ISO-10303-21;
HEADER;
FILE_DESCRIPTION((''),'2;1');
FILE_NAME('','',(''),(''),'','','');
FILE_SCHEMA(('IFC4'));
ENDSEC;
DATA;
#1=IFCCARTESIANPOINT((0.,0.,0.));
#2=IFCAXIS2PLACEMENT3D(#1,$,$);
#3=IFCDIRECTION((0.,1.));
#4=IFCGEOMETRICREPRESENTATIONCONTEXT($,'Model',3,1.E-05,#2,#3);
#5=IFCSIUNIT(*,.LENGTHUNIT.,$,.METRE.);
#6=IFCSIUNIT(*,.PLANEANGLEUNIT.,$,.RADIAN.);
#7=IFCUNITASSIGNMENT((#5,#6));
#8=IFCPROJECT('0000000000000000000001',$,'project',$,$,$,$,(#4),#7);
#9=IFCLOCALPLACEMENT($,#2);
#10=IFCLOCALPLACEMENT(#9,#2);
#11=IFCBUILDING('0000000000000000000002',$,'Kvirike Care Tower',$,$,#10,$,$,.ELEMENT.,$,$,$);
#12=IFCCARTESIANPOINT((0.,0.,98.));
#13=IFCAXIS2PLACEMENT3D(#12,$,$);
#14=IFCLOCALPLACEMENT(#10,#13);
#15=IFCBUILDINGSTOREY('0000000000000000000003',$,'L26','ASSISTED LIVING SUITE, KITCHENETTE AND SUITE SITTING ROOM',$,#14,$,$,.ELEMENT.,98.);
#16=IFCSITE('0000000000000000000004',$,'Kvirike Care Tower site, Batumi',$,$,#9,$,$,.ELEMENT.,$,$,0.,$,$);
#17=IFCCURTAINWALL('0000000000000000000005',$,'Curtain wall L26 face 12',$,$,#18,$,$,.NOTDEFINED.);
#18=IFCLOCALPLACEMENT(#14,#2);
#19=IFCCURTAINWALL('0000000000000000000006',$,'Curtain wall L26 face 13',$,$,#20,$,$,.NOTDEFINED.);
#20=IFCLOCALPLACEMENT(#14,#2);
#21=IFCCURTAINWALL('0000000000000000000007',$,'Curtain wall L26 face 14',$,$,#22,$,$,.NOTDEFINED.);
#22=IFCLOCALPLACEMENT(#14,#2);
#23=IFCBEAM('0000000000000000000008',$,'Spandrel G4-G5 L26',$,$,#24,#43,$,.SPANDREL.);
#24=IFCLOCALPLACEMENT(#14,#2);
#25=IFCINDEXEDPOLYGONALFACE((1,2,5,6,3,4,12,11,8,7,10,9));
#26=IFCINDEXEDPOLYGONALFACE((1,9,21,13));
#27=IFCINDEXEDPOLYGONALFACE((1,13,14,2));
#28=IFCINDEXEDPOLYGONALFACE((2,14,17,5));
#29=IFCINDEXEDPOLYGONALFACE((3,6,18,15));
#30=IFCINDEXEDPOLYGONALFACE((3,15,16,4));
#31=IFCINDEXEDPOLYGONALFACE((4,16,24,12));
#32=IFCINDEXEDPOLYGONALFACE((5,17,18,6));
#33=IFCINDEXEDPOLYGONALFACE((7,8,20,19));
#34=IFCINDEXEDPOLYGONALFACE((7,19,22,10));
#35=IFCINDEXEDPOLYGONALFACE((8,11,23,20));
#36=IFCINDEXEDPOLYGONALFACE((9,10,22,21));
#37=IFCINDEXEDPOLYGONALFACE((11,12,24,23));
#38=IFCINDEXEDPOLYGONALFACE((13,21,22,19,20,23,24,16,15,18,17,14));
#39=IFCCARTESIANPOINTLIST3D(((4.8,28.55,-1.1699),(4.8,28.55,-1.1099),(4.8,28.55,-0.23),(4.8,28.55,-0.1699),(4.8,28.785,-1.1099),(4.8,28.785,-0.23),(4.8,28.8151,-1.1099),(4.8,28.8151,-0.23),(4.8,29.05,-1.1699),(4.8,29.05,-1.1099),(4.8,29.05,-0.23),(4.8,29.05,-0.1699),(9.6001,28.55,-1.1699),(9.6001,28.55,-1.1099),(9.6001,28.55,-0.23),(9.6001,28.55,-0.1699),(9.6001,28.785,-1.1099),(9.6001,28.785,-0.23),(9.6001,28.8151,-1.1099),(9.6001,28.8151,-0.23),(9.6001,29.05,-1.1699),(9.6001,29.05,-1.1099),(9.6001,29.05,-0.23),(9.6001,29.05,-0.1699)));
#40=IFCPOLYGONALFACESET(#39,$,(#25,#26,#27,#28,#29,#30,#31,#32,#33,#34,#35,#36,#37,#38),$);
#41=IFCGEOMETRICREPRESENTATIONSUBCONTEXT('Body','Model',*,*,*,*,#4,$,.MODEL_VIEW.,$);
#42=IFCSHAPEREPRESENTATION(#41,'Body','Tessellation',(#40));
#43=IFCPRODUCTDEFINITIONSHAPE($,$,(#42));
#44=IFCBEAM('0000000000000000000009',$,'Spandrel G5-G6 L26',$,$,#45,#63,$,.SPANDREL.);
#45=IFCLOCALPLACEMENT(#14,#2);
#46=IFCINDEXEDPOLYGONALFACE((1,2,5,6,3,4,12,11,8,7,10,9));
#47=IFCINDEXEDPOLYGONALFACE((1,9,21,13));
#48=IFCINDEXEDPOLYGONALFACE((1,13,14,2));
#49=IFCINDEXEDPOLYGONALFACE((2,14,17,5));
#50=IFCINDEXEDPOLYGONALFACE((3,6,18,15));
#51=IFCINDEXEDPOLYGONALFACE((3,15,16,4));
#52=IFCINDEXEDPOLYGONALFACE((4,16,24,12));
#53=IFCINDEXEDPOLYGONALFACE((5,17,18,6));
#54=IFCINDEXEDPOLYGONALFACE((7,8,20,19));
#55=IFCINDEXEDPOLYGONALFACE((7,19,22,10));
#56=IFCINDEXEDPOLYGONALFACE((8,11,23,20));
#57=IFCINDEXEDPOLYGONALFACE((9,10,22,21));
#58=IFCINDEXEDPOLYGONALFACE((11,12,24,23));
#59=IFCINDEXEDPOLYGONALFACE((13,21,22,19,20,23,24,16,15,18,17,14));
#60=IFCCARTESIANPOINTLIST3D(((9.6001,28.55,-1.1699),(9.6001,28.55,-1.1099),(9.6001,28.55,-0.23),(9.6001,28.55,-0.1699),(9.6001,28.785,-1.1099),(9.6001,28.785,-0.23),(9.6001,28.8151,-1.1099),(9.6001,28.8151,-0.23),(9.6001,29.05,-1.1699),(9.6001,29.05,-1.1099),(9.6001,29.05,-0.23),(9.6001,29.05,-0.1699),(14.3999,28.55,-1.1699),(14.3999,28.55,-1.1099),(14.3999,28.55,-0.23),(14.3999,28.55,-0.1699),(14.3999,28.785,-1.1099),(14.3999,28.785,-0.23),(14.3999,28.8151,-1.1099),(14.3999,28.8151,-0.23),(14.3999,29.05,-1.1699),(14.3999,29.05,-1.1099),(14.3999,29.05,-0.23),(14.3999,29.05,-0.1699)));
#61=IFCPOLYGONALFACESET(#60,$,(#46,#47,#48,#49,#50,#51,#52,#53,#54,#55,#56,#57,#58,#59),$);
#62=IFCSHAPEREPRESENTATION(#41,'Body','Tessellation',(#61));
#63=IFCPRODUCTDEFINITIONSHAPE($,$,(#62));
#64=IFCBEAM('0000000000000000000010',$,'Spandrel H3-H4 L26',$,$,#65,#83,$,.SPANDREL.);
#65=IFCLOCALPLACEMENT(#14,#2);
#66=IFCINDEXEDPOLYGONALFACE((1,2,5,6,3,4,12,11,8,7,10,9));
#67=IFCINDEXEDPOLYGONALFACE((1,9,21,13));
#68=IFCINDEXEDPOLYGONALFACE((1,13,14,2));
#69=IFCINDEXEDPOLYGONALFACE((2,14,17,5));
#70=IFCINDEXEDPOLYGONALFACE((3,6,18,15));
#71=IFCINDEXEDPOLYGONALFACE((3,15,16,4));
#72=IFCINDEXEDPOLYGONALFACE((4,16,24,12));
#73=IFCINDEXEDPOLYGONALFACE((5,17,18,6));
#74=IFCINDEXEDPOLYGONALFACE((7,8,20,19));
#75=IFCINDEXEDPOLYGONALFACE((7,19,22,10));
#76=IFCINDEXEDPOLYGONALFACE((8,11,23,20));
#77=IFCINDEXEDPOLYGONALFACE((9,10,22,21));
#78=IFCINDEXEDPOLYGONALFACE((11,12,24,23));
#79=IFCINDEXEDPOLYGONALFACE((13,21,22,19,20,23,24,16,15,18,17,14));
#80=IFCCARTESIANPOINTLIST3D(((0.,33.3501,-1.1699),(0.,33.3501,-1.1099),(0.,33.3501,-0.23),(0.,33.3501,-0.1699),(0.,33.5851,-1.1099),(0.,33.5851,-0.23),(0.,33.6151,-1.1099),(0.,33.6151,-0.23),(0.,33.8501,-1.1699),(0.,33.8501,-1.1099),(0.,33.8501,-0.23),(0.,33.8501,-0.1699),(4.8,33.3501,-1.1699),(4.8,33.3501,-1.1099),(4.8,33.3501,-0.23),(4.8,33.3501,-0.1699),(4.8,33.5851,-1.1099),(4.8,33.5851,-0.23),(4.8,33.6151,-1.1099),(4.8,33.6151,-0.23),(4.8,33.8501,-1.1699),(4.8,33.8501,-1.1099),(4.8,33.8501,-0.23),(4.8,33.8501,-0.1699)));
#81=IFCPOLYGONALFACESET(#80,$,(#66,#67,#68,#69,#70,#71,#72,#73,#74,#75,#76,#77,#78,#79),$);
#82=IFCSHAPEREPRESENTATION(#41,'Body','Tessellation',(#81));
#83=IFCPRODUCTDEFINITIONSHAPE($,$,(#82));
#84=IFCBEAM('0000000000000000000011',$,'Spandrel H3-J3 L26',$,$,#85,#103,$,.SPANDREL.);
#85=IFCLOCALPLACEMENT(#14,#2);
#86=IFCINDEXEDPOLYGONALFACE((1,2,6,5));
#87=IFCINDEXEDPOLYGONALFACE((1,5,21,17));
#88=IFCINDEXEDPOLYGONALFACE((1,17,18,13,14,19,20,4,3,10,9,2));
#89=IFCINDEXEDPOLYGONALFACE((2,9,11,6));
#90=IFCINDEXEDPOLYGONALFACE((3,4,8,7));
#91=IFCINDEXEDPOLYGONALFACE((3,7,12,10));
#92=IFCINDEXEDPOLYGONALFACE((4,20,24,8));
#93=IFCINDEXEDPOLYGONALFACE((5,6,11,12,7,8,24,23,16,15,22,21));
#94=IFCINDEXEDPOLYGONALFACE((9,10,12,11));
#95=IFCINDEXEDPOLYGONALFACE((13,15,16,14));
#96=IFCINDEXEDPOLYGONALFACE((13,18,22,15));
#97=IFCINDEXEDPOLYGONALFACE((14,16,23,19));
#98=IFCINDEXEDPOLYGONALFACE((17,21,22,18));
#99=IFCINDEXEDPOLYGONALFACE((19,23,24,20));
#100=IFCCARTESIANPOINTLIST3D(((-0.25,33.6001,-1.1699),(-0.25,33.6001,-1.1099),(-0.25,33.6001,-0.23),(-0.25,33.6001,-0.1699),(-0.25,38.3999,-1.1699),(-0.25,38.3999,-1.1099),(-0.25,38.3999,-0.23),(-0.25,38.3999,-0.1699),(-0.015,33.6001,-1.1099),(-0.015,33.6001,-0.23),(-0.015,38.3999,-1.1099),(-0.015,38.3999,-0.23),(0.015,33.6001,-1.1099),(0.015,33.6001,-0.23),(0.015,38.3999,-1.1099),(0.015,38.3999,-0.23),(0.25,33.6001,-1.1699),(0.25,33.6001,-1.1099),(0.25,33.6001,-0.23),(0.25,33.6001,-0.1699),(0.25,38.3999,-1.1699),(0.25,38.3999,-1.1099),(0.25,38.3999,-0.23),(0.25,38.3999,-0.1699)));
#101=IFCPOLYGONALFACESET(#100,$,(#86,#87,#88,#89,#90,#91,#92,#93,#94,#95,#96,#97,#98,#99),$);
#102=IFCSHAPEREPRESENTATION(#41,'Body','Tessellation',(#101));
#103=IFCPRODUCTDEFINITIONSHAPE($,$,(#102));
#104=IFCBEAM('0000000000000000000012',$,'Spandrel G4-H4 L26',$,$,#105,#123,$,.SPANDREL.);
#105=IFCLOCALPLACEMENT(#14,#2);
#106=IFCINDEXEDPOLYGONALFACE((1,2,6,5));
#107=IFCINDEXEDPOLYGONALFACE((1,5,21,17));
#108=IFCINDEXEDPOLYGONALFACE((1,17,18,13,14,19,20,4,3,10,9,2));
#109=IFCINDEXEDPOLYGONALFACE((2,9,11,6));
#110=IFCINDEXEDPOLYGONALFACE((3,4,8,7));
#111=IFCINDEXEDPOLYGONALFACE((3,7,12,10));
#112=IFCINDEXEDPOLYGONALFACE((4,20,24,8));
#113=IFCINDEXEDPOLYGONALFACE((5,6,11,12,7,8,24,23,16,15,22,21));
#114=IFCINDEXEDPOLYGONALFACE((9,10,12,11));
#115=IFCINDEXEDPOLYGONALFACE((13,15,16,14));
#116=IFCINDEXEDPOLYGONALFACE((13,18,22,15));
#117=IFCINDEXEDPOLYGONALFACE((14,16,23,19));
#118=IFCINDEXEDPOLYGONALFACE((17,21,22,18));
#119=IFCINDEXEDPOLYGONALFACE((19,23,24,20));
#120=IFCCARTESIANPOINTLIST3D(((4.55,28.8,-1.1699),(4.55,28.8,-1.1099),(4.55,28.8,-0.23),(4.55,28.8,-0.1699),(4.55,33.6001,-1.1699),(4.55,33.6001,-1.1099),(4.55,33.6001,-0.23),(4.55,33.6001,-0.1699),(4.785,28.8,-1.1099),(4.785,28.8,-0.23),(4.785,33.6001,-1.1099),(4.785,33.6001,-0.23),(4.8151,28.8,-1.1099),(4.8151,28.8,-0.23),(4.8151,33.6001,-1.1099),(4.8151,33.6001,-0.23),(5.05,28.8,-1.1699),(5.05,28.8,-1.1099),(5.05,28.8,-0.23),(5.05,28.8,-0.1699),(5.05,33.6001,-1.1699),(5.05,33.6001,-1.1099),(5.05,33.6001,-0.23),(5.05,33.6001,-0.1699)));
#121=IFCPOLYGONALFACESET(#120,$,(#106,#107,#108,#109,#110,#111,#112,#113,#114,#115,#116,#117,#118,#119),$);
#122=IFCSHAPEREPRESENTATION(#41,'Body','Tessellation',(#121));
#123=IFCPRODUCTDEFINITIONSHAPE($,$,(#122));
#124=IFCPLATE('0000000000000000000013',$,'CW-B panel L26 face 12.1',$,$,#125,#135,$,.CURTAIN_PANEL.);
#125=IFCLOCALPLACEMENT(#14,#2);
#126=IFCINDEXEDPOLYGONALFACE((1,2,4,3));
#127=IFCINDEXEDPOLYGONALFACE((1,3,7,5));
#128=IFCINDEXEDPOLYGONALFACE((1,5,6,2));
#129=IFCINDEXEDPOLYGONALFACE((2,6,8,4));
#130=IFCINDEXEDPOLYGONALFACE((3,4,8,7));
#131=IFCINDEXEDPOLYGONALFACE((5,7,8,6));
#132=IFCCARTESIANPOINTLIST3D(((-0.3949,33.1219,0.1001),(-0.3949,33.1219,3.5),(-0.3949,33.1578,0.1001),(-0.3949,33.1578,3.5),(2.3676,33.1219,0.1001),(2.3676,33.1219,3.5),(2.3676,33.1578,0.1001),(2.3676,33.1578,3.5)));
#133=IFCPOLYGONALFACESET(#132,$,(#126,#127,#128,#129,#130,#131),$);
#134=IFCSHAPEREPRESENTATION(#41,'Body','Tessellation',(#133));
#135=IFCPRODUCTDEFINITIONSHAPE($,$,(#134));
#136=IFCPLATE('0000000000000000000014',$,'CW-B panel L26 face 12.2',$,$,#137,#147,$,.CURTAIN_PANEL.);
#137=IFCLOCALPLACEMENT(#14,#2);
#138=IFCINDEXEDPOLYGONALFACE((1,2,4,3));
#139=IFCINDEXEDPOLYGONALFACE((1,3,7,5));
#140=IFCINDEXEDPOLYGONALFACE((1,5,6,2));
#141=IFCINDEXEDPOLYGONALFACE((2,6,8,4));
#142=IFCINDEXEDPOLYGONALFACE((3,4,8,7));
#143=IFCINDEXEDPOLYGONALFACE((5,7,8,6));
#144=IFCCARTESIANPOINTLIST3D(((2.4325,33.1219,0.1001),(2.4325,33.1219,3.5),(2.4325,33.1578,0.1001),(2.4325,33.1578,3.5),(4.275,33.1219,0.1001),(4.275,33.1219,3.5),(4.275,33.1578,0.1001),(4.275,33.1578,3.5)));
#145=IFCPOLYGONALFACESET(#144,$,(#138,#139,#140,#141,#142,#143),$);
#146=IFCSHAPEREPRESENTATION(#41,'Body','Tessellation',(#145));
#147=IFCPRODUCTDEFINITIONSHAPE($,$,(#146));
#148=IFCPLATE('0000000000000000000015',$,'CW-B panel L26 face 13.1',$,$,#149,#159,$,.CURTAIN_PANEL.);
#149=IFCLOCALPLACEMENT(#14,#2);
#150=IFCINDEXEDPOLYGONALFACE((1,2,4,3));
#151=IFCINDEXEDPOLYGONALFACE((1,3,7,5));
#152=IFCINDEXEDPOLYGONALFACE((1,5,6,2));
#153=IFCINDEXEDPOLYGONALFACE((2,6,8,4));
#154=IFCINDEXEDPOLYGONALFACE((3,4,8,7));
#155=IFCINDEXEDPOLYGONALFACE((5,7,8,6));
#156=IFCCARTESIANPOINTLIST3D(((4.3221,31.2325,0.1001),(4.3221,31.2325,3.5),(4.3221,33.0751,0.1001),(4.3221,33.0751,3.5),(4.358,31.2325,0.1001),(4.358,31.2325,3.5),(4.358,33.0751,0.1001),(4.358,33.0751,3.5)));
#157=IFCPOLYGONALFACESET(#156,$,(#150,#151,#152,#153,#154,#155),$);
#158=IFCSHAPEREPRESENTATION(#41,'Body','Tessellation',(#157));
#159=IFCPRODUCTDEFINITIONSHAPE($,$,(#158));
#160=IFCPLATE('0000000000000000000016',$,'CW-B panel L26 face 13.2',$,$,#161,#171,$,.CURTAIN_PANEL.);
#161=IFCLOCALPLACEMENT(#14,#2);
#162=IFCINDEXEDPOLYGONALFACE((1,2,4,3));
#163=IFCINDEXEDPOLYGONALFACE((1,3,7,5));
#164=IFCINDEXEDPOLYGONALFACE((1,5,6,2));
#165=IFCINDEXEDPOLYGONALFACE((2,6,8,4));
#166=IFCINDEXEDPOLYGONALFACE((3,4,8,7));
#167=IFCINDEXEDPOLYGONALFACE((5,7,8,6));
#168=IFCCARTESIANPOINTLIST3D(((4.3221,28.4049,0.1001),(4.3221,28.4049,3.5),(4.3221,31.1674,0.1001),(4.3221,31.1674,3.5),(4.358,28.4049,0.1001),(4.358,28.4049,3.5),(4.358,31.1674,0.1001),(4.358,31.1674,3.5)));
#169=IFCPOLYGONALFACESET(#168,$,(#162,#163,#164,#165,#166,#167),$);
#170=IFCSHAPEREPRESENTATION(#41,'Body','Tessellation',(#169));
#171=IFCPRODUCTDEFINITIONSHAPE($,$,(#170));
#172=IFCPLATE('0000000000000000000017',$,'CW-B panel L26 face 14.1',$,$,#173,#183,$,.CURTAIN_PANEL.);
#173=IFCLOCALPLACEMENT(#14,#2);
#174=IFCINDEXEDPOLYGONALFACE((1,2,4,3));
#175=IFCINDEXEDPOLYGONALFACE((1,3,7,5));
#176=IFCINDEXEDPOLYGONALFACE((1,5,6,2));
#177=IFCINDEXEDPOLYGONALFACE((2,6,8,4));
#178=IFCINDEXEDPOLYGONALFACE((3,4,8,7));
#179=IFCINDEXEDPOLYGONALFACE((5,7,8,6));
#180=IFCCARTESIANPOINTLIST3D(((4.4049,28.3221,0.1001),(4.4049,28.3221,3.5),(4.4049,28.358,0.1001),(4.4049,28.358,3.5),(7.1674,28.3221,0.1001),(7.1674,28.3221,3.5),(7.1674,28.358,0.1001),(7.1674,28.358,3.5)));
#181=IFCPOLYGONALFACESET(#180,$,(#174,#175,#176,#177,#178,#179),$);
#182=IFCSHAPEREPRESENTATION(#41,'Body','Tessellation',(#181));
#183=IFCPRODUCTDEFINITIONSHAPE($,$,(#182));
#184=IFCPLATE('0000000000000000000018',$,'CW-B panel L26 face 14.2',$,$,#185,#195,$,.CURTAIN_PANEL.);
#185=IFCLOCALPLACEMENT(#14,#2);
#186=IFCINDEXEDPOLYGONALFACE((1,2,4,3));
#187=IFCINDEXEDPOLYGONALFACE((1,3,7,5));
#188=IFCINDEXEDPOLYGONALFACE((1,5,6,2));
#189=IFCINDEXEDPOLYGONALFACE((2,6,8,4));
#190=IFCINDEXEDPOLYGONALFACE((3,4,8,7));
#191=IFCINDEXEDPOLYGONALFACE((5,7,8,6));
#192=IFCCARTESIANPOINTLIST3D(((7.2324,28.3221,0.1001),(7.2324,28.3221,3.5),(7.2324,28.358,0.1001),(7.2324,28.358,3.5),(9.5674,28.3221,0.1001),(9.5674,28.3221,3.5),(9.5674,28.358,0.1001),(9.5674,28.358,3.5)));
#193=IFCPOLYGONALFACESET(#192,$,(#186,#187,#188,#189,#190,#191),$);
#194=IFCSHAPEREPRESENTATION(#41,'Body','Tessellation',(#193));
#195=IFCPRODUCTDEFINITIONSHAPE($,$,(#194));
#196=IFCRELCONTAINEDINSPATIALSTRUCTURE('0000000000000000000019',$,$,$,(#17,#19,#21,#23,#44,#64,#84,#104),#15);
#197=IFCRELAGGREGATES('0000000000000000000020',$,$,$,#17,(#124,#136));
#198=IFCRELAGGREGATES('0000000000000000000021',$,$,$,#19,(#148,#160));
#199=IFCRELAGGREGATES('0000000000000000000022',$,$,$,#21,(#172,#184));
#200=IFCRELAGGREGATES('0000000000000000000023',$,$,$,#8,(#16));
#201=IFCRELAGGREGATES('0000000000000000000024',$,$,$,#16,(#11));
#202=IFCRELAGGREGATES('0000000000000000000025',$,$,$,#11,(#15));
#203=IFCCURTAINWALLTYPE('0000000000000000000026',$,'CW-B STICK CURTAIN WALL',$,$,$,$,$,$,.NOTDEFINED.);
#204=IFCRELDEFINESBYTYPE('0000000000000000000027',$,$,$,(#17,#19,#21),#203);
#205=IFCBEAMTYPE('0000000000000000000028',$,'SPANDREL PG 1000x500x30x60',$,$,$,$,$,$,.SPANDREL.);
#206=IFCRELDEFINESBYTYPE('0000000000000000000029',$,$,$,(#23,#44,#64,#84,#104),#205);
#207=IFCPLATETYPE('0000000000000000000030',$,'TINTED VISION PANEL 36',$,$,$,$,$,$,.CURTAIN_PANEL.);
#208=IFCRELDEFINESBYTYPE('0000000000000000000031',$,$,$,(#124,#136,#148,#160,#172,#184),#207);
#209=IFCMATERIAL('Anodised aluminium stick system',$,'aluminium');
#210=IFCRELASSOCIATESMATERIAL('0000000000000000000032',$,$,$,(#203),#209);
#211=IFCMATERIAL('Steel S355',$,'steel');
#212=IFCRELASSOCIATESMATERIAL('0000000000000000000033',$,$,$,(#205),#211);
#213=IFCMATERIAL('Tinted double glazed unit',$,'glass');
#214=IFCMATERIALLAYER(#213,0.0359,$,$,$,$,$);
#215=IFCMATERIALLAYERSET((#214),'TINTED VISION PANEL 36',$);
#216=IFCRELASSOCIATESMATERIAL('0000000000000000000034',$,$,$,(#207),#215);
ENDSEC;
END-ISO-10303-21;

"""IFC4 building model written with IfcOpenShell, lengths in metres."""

from ifc_helpers import new_model, si_unit, direction, frame, origin, origin_2d, place, context, subcontext, project, spatial, rectangle, i_section, extrude, material, layer, layer_set, material_profile, profile_set, type_object, element, aggregate, save


model = new_model("IFC4")

# Units and contexts
model_context = context("Model", 3, precision=1e-05, world=origin(), true_north=direction((0.0, 1.0)))
body_context = subcontext(model_context, "Body", "Model", "MODEL_VIEW")
ifc_project = project(units=[si_unit("LENGTHUNIT", "METRE"), si_unit("PLANEANGLEUNIT", "RADIAN")], contexts=[model_context])

# Site, building, storey
site_placement = place(None, origin())
site = spatial("IfcSite", under=ifc_project, at=site_placement, Name="Kvirike Care Tower site, Batumi", CompositionType="ELEMENT", RefElevation=0.0)
building_placement = place(site_placement, origin())
building = spatial("IfcBuilding", under=site, at=building_placement, Name="Kvirike Care Tower", CompositionType="ELEMENT")
storey_placement = place(building_placement, frame((0.0, 0.0, 98.0)))
storey = spatial("IfcBuildingStorey", under=building, at=storey_placement, Name="L26", Description="ASSISTED LIVING SUITE, KITCHENETTE AND SUITE SITTING ROOM", CompositionType="ELEMENT", Elevation=98.0)

# Curtain walls
ifc_material_1 = material(Name="Anodised aluminium stick system", Category="aluminium")
curtain_wall_type = type_object("IfcCurtainWallType", Name="CW-B STICK CURTAIN WALL", PredefinedType="NOTDEFINED", material=ifc_material_1)
curtain_wall_1_placement = place(storey_placement, origin())
curtain_wall_1 = element("IfcCurtainWall", 1, at=curtain_wall_1_placement, inside=storey, type_object=curtain_wall_type, Name="Curtain wall L26 face 12", PredefinedType="NOTDEFINED")
curtain_wall_2_placement = place(storey_placement, origin())
curtain_wall_2 = element("IfcCurtainWall", 2, at=curtain_wall_2_placement, inside=storey, type_object=curtain_wall_type, Name="Curtain wall L26 face 13", PredefinedType="NOTDEFINED")
curtain_wall_3_placement = place(storey_placement, origin())
curtain_wall_3 = element("IfcCurtainWall", 3, at=curtain_wall_3_placement, inside=storey, type_object=curtain_wall_type, Name="Curtain wall L26 face 14", PredefinedType="NOTDEFINED")

# Beams
ifc_material_2 = material(Name="Steel S355", Category="steel")
ifc_material_profile_1 = material_profile(ifc_material_2, i_section(OverallWidth=0.5, OverallDepth=1.0, WebThickness=0.03, FlangeThickness=0.0601, at=origin_2d()), Name="PG 1000x500x30x60")
ifc_profile_set_1 = profile_set([ifc_material_profile_1], Name="Steel S355")
beam_type_1 = type_object("IfcBeamType", Name="SPANDREL PG 1000x500x30x60", PredefinedType="SPANDREL", material=ifc_profile_set_1)
beam_1_placement = place(storey_placement, frame((4.8, 28.8, -0.6699), z_axis=(1.0, 0.0, 0.0), x_axis=(0.0, 1.0, 0.0)))
element("IfcBeam", 4, at=beam_1_placement, inside=storey, type_object=beam_type_1, Name="Spandrel G4-G5 L26", PredefinedType="SPANDREL", context=body_context, shape_type="SweptSolid", body=[
    extrude(i_section(OverallWidth=0.5, OverallDepth=1.0, WebThickness=0.03, FlangeThickness=0.0601, at=origin_2d()), origin(), (0.0, 0.0, 1.0), 4.8),
])
beam_2_placement = place(storey_placement, frame((9.6001, 28.8, -0.6699), z_axis=(1.0, 0.0, 0.0), x_axis=(0.0, 1.0, 0.0)))
element("IfcBeam", 5, at=beam_2_placement, inside=storey, type_object=beam_type_1, Name="Spandrel G5-G6 L26", PredefinedType="SPANDREL", context=body_context, shape_type="SweptSolid", body=[
    extrude(i_section(OverallWidth=0.5, OverallDepth=1.0, WebThickness=0.03, FlangeThickness=0.0601, at=origin_2d()), origin(), (0.0, 0.0, 1.0), 4.7998),
])
beam_3_placement = place(storey_placement, frame((0.0, 33.6001, -0.6699), z_axis=(1.0, 0.0, 0.0), x_axis=(0.0, 1.0, 0.0)))
element("IfcBeam", 6, at=beam_3_placement, inside=storey, type_object=beam_type_1, Name="Spandrel H3-H4 L26", PredefinedType="SPANDREL", context=body_context, shape_type="SweptSolid", body=[
    extrude(i_section(OverallWidth=0.5, OverallDepth=1.0, WebThickness=0.03, FlangeThickness=0.0601, at=origin_2d()), origin(), (0.0, 0.0, 1.0), 4.8),
])
beam_4_placement = place(storey_placement, frame((0.0, 33.6001, -0.6699), z_axis=(0.0, 1.0, 0.0), x_axis=(-1.0, 0.0, 0.0)))
element("IfcBeam", 7, at=beam_4_placement, inside=storey, type_object=beam_type_1, Name="Spandrel H3-J3 L26", PredefinedType="SPANDREL", context=body_context, shape_type="SweptSolid", body=[
    extrude(i_section(OverallWidth=0.5, OverallDepth=1.0, WebThickness=0.03, FlangeThickness=0.0601, at=origin_2d()), origin(), (0.0, 0.0, 1.0), 4.7998),
])
beam_5_placement = place(storey_placement, frame((4.8, 28.8, -0.6699), z_axis=(0.0, 1.0, 0.0), x_axis=(-1.0, 0.0, 0.0)))
element("IfcBeam", 8, at=beam_5_placement, inside=storey, type_object=beam_type_1, Name="Spandrel G4-H4 L26", PredefinedType="SPANDREL", context=body_context, shape_type="SweptSolid", body=[
    extrude(i_section(OverallWidth=0.5, OverallDepth=1.0, WebThickness=0.03, FlangeThickness=0.0601, at=origin_2d()), origin(), (0.0, 0.0, 1.0), 4.8),
])

# Plates
ifc_material_3 = material(Name="Tinted double glazed unit", Category="glass")
ifc_layer_1 = layer(ifc_material_3, 0.0359)
ifc_layer_set_1 = layer_set([ifc_layer_1], Name="TINTED VISION PANEL 36")
plate_type = type_object("IfcPlateType", Name="TINTED VISION PANEL 36", PredefinedType="CURTAIN_PANEL", material=ifc_layer_set_1)
plate_1_placement = place(storey_placement, frame((0.9863, 33.1399, 0.1001), z_axis=(0.0, 0.0, 1.0), x_axis=(1.0, 0.0, 0.0)))
plate_1 = element("IfcPlate", 9, at=plate_1_placement, type_object=plate_type, Name="CW-B panel L26 face 12.1", PredefinedType="CURTAIN_PANEL", context=body_context, shape_type="SweptSolid", body=[
    extrude(rectangle(XDim=2.7625, YDim=0.0359, at=origin_2d()), origin(), (0.0, 0.0, 1.0), 3.3999),
])
plate_2_placement = place(storey_placement, frame((3.3538, 33.1399, 0.1001), z_axis=(0.0, 0.0, 1.0), x_axis=(1.0, 0.0, 0.0)))
plate_2 = element("IfcPlate", 10, at=plate_2_placement, type_object=plate_type, Name="CW-B panel L26 face 12.2", PredefinedType="CURTAIN_PANEL", context=body_context, shape_type="SweptSolid", body=[
    extrude(rectangle(XDim=1.8425, YDim=0.0359, at=origin_2d()), origin(), (0.0, 0.0, 1.0), 3.3999),
])
aggregate(curtain_wall_1, [plate_1, plate_2])
plate_3_placement = place(storey_placement, frame((4.3401, 32.1538, 0.1001), z_axis=(0.0, 0.0, 1.0), x_axis=(0.0, -1.0, 0.0)))
plate_3 = element("IfcPlate", 11, at=plate_3_placement, type_object=plate_type, Name="CW-B panel L26 face 13.1", PredefinedType="CURTAIN_PANEL", context=body_context, shape_type="SweptSolid", body=[
    extrude(rectangle(XDim=1.8425, YDim=0.0359, at=origin_2d()), origin(), (0.0, 0.0, 1.0), 3.3999),
])
plate_4_placement = place(storey_placement, frame((4.3401, 29.7861, 0.1001), z_axis=(0.0, 0.0, 1.0), x_axis=(0.0, -1.0, 0.0)))
plate_4 = element("IfcPlate", 12, at=plate_4_placement, type_object=plate_type, Name="CW-B panel L26 face 13.2", PredefinedType="CURTAIN_PANEL", context=body_context, shape_type="SweptSolid", body=[
    extrude(rectangle(XDim=2.7625, YDim=0.0359, at=origin_2d()), origin(), (0.0, 0.0, 1.0), 3.3999),
])
aggregate(curtain_wall_2, [plate_3, plate_4])
plate_5_placement = place(storey_placement, frame((5.7861, 28.3401, 0.1001), z_axis=(0.0, 0.0, 1.0), x_axis=(1.0, 0.0, 0.0)))
plate_5 = element("IfcPlate", 13, at=plate_5_placement, type_object=plate_type, Name="CW-B panel L26 face 14.1", PredefinedType="CURTAIN_PANEL", context=body_context, shape_type="SweptSolid", body=[
    extrude(rectangle(XDim=2.7625, YDim=0.0359, at=origin_2d()), origin(), (0.0, 0.0, 1.0), 3.3999),
])
plate_6_placement = place(storey_placement, frame((8.3999, 28.3401, 0.1001), z_axis=(0.0, 0.0, 1.0), x_axis=(1.0, 0.0, 0.0)))
plate_6 = element("IfcPlate", 14, at=plate_6_placement, type_object=plate_type, Name="CW-B panel L26 face 14.2", PredefinedType="CURTAIN_PANEL", context=body_context, shape_type="SweptSolid", body=[
    extrude(rectangle(XDim=2.335, YDim=0.0359, at=origin_2d()), origin(), (0.0, 0.0, 1.0), 3.3999),
])
aggregate(curtain_wall_3, [plate_5, plate_6])

save(model, "model.ifc")
